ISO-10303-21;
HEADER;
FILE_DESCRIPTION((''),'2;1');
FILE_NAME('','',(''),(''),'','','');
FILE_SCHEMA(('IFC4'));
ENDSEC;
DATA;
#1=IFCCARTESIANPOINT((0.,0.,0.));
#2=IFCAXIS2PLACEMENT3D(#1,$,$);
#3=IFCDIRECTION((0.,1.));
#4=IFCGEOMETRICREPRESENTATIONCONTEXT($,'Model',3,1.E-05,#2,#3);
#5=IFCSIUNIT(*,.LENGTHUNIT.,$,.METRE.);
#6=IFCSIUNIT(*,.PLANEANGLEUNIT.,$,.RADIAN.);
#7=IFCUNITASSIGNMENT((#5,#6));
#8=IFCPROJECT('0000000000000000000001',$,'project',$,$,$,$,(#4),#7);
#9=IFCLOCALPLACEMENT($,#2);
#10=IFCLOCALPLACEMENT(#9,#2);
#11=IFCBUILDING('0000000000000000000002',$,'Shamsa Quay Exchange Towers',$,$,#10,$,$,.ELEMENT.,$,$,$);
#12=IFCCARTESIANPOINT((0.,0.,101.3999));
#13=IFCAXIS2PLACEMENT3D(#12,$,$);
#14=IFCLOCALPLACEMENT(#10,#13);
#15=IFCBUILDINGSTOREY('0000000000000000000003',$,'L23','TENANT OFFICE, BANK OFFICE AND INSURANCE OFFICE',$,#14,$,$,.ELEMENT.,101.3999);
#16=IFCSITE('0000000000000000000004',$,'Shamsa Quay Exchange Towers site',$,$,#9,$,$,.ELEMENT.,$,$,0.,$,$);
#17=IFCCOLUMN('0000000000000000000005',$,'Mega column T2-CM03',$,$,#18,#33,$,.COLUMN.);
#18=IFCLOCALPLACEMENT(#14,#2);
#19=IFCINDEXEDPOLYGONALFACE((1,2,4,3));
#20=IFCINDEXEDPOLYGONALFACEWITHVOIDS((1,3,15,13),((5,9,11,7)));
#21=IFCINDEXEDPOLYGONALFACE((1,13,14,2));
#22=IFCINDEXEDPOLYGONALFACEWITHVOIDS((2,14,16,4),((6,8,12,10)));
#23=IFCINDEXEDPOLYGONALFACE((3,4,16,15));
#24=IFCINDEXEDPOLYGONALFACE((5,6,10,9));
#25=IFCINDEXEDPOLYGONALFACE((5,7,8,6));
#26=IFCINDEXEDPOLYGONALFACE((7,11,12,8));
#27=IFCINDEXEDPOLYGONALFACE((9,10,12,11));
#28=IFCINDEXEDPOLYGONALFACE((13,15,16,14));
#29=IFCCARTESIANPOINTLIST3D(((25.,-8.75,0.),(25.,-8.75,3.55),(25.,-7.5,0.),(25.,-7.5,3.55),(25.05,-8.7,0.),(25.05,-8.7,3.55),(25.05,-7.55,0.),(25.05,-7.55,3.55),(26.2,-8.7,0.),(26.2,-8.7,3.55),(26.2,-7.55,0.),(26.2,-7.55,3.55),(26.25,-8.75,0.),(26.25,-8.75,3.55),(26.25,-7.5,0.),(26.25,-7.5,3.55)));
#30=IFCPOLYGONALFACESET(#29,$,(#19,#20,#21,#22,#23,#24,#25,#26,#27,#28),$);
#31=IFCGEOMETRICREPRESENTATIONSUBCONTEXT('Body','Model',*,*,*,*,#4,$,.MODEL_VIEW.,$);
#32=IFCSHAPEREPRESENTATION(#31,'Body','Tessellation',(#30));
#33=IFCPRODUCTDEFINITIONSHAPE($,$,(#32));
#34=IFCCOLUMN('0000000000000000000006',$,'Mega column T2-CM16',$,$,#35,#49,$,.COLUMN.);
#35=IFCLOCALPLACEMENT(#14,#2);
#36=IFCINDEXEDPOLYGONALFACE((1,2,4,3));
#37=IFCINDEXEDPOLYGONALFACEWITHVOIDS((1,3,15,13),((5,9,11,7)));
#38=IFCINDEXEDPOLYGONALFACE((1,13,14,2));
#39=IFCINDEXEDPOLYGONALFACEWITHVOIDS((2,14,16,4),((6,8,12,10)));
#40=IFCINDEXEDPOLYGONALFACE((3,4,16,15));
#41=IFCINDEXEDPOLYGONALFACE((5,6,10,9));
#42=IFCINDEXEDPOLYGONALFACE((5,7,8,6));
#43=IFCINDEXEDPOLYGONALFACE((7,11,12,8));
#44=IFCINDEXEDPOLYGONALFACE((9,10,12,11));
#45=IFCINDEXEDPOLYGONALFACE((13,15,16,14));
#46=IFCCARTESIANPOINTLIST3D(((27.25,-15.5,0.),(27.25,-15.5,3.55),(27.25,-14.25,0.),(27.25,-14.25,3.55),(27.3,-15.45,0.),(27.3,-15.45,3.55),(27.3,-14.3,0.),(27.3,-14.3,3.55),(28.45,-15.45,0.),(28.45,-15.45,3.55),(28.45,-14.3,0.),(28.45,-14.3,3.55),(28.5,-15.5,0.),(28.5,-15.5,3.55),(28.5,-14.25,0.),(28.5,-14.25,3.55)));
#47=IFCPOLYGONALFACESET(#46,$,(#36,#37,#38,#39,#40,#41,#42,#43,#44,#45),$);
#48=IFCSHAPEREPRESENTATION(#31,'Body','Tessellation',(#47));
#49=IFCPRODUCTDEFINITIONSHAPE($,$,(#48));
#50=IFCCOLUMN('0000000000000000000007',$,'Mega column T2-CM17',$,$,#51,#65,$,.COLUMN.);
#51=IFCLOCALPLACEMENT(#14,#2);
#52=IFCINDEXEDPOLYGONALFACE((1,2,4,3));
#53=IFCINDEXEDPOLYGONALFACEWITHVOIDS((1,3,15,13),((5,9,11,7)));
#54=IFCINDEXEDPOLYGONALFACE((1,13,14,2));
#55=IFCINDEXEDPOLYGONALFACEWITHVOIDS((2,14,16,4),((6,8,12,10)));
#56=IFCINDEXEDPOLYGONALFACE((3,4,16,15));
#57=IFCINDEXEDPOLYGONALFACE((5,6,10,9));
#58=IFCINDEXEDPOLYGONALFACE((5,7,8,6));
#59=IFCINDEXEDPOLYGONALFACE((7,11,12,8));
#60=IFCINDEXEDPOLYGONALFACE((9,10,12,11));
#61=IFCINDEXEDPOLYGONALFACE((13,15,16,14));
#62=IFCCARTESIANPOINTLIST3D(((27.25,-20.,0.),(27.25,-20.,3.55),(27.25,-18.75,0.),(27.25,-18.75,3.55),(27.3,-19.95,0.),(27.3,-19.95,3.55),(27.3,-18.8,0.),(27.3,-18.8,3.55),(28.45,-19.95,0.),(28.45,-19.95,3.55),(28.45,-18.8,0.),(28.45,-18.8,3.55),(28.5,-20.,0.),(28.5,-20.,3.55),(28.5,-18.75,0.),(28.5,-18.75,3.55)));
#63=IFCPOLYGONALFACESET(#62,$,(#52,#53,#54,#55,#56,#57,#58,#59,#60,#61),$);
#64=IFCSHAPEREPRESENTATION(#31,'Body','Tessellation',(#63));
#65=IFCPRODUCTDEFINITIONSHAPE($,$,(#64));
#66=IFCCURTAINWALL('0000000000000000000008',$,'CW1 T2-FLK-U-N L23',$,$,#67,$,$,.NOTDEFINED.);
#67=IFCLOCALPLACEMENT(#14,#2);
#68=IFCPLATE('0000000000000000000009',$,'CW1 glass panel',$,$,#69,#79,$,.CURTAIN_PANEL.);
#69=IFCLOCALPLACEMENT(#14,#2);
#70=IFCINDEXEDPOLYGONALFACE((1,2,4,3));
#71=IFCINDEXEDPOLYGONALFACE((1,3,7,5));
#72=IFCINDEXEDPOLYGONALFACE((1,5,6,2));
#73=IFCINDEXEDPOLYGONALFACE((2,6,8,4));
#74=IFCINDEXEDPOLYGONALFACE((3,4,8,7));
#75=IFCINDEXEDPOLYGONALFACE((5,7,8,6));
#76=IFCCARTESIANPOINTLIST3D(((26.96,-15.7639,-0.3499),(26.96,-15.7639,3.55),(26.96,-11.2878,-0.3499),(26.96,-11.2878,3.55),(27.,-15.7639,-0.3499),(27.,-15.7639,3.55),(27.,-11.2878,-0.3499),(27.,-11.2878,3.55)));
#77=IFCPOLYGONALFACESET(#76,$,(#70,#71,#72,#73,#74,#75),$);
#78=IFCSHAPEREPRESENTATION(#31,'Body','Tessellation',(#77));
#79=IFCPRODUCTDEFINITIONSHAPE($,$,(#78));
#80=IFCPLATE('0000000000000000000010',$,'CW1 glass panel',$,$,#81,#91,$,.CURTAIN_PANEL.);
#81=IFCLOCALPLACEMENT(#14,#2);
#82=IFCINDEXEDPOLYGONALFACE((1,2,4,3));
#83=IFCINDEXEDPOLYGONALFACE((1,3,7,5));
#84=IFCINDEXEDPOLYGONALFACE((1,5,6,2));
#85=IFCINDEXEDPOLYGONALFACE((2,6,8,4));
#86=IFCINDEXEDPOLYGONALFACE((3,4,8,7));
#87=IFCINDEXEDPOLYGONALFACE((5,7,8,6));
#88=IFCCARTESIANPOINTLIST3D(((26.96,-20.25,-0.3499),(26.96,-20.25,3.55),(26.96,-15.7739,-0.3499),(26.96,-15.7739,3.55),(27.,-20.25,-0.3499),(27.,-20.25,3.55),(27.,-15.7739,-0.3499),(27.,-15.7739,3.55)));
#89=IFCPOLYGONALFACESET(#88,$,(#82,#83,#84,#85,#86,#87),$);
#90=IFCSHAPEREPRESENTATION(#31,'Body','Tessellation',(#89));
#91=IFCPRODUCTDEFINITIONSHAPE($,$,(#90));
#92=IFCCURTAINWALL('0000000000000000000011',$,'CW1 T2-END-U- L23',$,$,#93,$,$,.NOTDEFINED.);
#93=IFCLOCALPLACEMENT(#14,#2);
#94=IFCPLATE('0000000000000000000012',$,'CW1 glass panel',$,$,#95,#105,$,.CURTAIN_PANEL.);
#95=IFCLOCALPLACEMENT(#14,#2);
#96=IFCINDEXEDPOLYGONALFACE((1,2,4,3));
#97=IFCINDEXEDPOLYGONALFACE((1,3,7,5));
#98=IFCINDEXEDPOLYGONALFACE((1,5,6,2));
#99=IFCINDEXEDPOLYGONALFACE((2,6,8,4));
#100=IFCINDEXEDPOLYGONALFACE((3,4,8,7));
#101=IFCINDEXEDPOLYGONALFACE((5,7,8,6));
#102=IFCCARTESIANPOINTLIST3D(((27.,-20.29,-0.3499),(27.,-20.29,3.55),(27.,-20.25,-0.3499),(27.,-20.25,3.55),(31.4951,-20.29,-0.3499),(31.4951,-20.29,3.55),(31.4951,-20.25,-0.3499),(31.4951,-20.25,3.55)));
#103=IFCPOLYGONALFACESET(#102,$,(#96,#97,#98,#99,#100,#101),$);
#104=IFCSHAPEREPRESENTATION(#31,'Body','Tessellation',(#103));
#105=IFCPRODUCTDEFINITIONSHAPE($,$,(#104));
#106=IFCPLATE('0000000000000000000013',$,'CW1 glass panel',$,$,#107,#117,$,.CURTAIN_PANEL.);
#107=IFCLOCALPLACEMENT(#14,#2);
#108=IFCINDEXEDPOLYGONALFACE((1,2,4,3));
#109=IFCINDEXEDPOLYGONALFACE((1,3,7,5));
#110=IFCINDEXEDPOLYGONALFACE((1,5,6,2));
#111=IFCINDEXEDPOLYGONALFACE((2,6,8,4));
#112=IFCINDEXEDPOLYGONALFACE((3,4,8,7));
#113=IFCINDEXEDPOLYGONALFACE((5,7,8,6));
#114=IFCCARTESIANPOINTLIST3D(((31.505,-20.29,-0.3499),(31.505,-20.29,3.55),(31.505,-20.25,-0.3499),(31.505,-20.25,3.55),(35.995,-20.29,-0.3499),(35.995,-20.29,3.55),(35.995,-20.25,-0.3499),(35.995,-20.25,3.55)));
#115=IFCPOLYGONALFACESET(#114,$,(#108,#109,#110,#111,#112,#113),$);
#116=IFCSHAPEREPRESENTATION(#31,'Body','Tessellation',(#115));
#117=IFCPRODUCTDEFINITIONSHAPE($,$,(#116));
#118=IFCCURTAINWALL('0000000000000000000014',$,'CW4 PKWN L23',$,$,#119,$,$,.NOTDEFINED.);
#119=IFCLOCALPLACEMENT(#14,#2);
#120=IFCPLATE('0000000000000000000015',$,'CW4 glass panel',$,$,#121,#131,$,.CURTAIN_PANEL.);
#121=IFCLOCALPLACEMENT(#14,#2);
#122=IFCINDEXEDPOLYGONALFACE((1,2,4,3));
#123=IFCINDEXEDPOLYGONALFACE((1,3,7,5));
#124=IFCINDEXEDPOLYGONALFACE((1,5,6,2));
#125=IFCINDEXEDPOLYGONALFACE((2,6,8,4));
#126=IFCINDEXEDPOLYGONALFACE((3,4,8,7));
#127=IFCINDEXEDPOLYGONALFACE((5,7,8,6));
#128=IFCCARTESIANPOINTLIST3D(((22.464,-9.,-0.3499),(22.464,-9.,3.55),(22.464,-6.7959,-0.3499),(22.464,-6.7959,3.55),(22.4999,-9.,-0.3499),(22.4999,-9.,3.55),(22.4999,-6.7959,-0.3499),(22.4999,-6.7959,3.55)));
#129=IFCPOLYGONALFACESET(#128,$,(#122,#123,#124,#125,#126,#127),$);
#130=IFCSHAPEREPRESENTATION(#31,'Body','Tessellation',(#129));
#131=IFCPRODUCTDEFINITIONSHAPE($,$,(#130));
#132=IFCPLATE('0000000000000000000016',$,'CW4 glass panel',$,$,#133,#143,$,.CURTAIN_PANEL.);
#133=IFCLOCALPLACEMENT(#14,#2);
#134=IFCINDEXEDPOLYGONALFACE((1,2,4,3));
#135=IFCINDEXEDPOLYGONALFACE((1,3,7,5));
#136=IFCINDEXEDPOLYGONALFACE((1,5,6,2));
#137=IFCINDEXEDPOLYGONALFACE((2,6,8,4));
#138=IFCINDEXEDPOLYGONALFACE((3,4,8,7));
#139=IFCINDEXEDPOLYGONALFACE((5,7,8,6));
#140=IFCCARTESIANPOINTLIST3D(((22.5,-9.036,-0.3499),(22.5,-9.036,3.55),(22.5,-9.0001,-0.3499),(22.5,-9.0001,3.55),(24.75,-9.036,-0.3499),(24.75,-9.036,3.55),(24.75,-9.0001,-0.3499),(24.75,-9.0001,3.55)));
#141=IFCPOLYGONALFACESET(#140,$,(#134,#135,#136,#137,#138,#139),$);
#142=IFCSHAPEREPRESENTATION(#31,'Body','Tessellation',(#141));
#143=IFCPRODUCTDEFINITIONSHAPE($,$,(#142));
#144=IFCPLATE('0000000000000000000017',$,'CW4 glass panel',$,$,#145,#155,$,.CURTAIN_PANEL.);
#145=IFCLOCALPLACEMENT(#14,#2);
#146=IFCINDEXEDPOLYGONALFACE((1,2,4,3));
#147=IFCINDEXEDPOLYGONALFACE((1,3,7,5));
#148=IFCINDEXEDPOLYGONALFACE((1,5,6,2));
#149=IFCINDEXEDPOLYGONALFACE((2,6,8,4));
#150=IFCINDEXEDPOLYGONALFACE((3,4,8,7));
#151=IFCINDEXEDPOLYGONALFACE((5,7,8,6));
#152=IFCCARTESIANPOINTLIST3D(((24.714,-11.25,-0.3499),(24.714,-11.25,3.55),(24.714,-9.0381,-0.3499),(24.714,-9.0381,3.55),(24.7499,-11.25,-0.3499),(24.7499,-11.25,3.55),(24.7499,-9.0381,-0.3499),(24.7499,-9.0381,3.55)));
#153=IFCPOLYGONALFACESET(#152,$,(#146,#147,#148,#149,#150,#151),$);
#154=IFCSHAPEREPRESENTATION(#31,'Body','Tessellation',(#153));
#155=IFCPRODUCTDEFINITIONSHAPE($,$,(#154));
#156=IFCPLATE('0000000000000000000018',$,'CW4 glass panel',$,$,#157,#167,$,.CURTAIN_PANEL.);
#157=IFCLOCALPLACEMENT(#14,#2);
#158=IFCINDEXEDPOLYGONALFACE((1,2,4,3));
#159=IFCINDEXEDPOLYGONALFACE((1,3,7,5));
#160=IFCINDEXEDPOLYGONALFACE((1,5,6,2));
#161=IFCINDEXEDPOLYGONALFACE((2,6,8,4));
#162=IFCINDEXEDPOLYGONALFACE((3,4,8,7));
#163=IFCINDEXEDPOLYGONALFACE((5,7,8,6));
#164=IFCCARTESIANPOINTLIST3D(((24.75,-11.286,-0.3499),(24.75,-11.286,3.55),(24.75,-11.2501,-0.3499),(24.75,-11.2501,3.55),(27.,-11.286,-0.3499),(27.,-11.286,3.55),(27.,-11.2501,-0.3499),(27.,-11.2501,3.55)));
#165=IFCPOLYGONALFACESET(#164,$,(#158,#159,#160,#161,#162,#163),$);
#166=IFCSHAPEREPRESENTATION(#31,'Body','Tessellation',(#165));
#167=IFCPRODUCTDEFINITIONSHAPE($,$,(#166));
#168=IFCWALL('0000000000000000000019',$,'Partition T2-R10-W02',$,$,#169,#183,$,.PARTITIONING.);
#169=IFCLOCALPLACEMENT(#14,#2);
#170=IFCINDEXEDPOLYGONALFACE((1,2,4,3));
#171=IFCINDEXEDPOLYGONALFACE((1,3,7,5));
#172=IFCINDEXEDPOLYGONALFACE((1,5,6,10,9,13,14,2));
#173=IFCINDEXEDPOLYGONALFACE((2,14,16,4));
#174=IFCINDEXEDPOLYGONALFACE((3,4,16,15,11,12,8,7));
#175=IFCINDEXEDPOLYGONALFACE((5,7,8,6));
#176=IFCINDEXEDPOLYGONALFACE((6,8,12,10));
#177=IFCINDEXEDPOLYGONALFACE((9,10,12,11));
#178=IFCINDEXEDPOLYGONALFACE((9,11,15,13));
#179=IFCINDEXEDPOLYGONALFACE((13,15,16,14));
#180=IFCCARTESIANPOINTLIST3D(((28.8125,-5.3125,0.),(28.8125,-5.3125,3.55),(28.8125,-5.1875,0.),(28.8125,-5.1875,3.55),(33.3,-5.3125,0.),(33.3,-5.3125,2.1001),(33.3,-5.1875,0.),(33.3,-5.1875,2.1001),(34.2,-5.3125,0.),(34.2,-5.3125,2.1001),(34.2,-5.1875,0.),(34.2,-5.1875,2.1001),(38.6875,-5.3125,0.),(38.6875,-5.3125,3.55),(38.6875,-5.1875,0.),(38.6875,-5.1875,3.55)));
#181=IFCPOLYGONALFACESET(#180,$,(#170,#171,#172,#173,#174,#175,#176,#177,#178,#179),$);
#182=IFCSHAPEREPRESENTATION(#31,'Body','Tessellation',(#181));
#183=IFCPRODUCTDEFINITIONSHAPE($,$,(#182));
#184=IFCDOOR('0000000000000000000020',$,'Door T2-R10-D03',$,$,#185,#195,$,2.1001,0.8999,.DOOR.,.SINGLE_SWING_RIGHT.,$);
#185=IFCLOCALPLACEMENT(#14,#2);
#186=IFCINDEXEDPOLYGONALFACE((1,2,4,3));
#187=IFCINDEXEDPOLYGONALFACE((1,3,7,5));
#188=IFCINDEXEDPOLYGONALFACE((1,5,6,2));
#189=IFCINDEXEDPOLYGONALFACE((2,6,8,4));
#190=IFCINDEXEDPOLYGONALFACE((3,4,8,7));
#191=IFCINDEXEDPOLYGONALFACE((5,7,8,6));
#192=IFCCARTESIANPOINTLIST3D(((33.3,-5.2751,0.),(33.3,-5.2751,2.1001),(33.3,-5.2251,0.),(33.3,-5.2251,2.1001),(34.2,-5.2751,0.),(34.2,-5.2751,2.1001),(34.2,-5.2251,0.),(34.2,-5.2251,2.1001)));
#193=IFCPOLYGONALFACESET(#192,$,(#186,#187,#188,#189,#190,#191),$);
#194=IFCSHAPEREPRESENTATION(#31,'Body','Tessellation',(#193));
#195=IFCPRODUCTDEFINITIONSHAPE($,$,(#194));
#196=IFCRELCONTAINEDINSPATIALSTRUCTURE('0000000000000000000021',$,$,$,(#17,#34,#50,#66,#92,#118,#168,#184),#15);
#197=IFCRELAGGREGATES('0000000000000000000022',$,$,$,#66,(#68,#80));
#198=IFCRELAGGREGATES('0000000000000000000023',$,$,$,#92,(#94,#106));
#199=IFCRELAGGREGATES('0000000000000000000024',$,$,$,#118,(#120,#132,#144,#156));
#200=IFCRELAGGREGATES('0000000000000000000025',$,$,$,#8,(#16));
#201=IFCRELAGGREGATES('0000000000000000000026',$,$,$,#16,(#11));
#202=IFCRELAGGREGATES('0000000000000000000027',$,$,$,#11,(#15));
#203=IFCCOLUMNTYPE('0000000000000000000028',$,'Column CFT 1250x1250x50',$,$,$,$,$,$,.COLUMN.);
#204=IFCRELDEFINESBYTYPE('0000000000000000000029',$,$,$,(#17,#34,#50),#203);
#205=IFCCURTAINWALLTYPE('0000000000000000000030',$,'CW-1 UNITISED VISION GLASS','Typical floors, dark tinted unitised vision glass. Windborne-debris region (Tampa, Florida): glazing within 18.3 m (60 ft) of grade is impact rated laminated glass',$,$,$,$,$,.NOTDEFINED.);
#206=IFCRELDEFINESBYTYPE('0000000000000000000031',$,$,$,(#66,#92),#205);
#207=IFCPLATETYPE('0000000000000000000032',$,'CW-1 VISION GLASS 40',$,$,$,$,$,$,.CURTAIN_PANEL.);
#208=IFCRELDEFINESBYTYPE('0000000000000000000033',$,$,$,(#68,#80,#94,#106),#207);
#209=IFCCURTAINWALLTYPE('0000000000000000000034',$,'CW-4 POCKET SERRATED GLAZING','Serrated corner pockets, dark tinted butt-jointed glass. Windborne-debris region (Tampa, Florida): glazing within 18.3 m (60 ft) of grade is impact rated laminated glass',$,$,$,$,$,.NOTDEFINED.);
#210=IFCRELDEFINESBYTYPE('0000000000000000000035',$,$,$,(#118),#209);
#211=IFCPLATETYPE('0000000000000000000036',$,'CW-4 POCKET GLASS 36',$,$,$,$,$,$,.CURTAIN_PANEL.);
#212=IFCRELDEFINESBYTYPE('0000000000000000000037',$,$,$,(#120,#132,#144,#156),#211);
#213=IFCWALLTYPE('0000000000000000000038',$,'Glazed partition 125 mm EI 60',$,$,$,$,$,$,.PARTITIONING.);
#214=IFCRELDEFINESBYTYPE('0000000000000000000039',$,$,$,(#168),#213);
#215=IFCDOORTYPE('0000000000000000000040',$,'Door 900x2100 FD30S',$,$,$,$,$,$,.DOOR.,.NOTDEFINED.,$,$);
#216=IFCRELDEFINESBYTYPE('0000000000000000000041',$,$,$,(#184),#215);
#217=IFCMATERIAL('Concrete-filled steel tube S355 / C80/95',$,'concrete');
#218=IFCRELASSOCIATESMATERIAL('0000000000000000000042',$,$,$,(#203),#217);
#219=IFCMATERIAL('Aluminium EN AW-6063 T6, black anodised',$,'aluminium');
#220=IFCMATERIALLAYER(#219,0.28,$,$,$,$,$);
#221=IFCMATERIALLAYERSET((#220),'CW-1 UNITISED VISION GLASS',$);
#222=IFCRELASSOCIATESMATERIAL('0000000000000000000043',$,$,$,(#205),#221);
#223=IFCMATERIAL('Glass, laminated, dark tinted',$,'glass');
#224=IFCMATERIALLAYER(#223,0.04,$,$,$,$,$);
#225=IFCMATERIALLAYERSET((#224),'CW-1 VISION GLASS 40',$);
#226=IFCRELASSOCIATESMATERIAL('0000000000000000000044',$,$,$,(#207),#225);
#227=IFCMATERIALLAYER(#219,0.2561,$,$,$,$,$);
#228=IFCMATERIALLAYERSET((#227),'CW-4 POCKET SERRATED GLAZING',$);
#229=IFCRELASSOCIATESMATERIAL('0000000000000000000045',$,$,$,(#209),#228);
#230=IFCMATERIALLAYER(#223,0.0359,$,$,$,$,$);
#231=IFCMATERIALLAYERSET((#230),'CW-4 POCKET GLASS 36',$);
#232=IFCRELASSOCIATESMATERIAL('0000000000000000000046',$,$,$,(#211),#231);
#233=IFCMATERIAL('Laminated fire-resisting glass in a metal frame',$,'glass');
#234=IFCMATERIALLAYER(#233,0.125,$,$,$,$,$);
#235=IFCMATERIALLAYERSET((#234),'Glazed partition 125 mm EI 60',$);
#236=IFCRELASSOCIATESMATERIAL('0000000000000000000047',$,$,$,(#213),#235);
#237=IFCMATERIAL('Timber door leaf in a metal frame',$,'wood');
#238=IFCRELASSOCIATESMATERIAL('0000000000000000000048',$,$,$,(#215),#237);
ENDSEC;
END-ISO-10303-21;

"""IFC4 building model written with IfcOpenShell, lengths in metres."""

from ifc_helpers import new_model, si_unit, direction, frame, frame_2d, origin, origin_2d, place, context, subcontext, project, spatial, rectangle, hollow_rectangle, extrude, material, layer, layer_set, material_profile, profile_set, type_object, element, fill, aggregate, save


model = new_model("IFC4")

# Units and contexts
model_context = context("Model", 3, precision=1e-05, world=origin(), true_north=direction((0.0, 1.0)))
body_context = subcontext(model_context, "Body", "Model", "MODEL_VIEW")
ifc_project = project(units=[si_unit("LENGTHUNIT", "METRE"), si_unit("PLANEANGLEUNIT", "RADIAN")], contexts=[model_context])

# Site, building, storey
site_placement = place(None, origin())
site = spatial("IfcSite", under=ifc_project, at=site_placement, Name="Shamsa Quay Exchange Towers site", CompositionType="ELEMENT", RefElevation=0.0)
building_placement = place(site_placement, origin())
building = spatial("IfcBuilding", under=site, at=building_placement, Name="Shamsa Quay Exchange Towers", CompositionType="ELEMENT")
storey_placement = place(building_placement, frame((0.0, 0.0, 101.3999)))
storey = spatial("IfcBuildingStorey", under=building, at=storey_placement, Name="L23", Description="TENANT OFFICE, BANK OFFICE AND INSURANCE OFFICE", CompositionType="ELEMENT", Elevation=101.3999)

# Columns
ifc_material_1 = material(Name="Concrete-filled steel tube S355 / C80/95", Category="concrete")
ifc_material_profile_1 = material_profile(ifc_material_1, hollow_rectangle(XDim=1.25, YDim=1.25, WallThickness=0.05, at=origin_2d()), Name="CFT 1250x1250x50")
ifc_profile_set_1 = profile_set([ifc_material_profile_1], Name="Concrete-filled steel tube S355 / C80/95")
column_type = type_object("IfcColumnType", Name="Column CFT 1250x1250x50", PredefinedType="COLUMN", material=ifc_profile_set_1)
for number, where, name in (
    (1, (25.625, -8.125, 0.0), "Mega column T2-CM03"),
    (2, (27.875, -14.875, 0.0), "Mega column T2-CM16"),
    (3, (27.875, -19.375, 0.0), "Mega column T2-CM17"),
):
    element("IfcColumn", number, at=place(storey_placement, frame(where)), inside=storey, type_object=column_type, Name=name, PredefinedType="COLUMN", context=body_context, shape_type="SweptSolid", body=[
        extrude(hollow_rectangle(XDim=1.25, YDim=1.25, WallThickness=0.05, at=origin_2d()), origin(), (0.0, 0.0, 1.0), 3.55),
    ])

# Curtain walls, plates
ifc_material_2 = material(Name="Aluminium EN AW-6063 T6, black anodised", Category="aluminium")
ifc_layer_1 = layer(ifc_material_2, 0.28)
ifc_layer_set_1 = layer_set([ifc_layer_1], Name="CW-1 UNITISED VISION GLASS")
curtain_wall_type_1 = type_object("IfcCurtainWallType", Name="CW-1 UNITISED VISION GLASS", Description="Typical floors, dark tinted unitised vision glass. Windborne-debris region (Tampa, Florida): glazing within 18.3 m (60 ft) of grade is impact rated laminated glass", PredefinedType="NOTDEFINED", material=ifc_layer_set_1)
curtain_wall_1_placement = place(storey_placement, origin())
curtain_wall_1 = element("IfcCurtainWall", 4, at=curtain_wall_1_placement, inside=storey, type_object=curtain_wall_type_1, Name="CW1 T2-FLK-U-N L23", PredefinedType="NOTDEFINED")
ifc_material_3 = material(Name="Glass, laminated, dark tinted", Category="glass")
ifc_layer_2 = layer(ifc_material_3, 0.04)
ifc_layer_set_2 = layer_set([ifc_layer_2], Name="CW-1 VISION GLASS 40")
plate_type_1 = type_object("IfcPlateType", Name="CW-1 VISION GLASS 40", PredefinedType="CURTAIN_PANEL", material=ifc_layer_set_2)
plate_1_placement = place(storey_placement, frame((26.98, -13.5259, -0.3499), z_axis=(0.0, 0.0, 1.0), x_axis=(0.0, -1.0, 0.0)))
plate_1 = element("IfcPlate", 5, at=plate_1_placement, type_object=plate_type_1, Name="CW1 glass panel", PredefinedType="CURTAIN_PANEL", context=body_context, shape_type="SweptSolid", body=[
    extrude(rectangle(XDim=4.4761, YDim=0.04, at=origin_2d()), origin(), (0.0, 0.0, 1.0), 3.8999),
])
plate_2_placement = place(storey_placement, frame((26.98, -18.012, -0.3499), z_axis=(0.0, 0.0, 1.0), x_axis=(0.0, -1.0, 0.0)))
plate_2 = element("IfcPlate", 6, at=plate_2_placement, type_object=plate_type_1, Name="CW1 glass panel", PredefinedType="CURTAIN_PANEL", context=body_context, shape_type="SweptSolid", body=[
    extrude(rectangle(XDim=4.4761, YDim=0.04, at=origin_2d()), origin(), (0.0, 0.0, 1.0), 3.8999),
])
aggregate(curtain_wall_1, [plate_1, plate_2])
curtain_wall_2_placement = place(storey_placement, origin())
curtain_wall_2 = element("IfcCurtainWall", 7, at=curtain_wall_2_placement, inside=storey, type_object=curtain_wall_type_1, Name="CW1 T2-END-U- L23", PredefinedType="NOTDEFINED")
plate_3_placement = place(storey_placement, frame((29.2476, -20.27, -0.3499)))
plate_3 = element("IfcPlate", 8, at=plate_3_placement, type_object=plate_type_1, Name="CW1 glass panel", PredefinedType="CURTAIN_PANEL", context=body_context, shape_type="SweptSolid", body=[
    extrude(rectangle(XDim=4.4951, YDim=0.04, at=origin_2d()), origin(), (0.0, 0.0, 1.0), 3.8999),
])
plate_4_placement = place(storey_placement, frame((33.75, -20.27, -0.3499)))
plate_4 = element("IfcPlate", 9, at=plate_4_placement, type_object=plate_type_1, Name="CW1 glass panel", PredefinedType="CURTAIN_PANEL", context=body_context, shape_type="SweptSolid", body=[
    extrude(rectangle(XDim=4.49, YDim=0.04, at=origin_2d()), origin(), (0.0, 0.0, 1.0), 3.8999),
])
aggregate(curtain_wall_2, [plate_3, plate_4])
ifc_layer_3 = layer(ifc_material_2, 0.2561)
ifc_layer_set_3 = layer_set([ifc_layer_3], Name="CW-4 POCKET SERRATED GLAZING")
curtain_wall_type_2 = type_object("IfcCurtainWallType", Name="CW-4 POCKET SERRATED GLAZING", Description="Serrated corner pockets, dark tinted butt-jointed glass. Windborne-debris region (Tampa, Florida): glazing within 18.3 m (60 ft) of grade is impact rated laminated glass", PredefinedType="NOTDEFINED", material=ifc_layer_set_3)
curtain_wall_3_placement = place(storey_placement, origin())
curtain_wall_3 = element("IfcCurtainWall", 10, at=curtain_wall_3_placement, inside=storey, type_object=curtain_wall_type_2, Name="CW4 PKWN L23", PredefinedType="NOTDEFINED")
ifc_layer_4 = layer(ifc_material_3, 0.0359)
ifc_layer_set_4 = layer_set([ifc_layer_4], Name="CW-4 POCKET GLASS 36")
plate_type_2 = type_object("IfcPlateType", Name="CW-4 POCKET GLASS 36", PredefinedType="CURTAIN_PANEL", material=ifc_layer_set_4)
plate_5_placement = place(storey_placement, frame((22.4819, -7.8979, -0.3499), z_axis=(0.0, 0.0, 1.0), x_axis=(0.0, -1.0, 0.0)))
plate_5 = element("IfcPlate", 11, at=plate_5_placement, type_object=plate_type_2, Name="CW4 glass panel", PredefinedType="CURTAIN_PANEL", context=body_context, shape_type="SweptSolid", body=[
    extrude(rectangle(XDim=2.2041, YDim=0.0359, at=origin_2d()), origin(), (0.0, 0.0, 1.0), 3.8999),
])
plate_6_placement = place(storey_placement, frame((23.625, -9.0181, -0.3499)))
plate_6 = element("IfcPlate", 12, at=plate_6_placement, type_object=plate_type_2, Name="CW4 glass panel", PredefinedType="CURTAIN_PANEL", context=body_context, shape_type="SweptSolid", body=[
    extrude(rectangle(XDim=2.25, YDim=0.0359, at=origin_2d()), origin(), (0.0, 0.0, 1.0), 3.8999),
])
plate_7_placement = place(storey_placement, frame((24.7319, -10.144, -0.3499), z_axis=(0.0, 0.0, 1.0), x_axis=(0.0, -1.0, 0.0)))
plate_7 = element("IfcPlate", 13, at=plate_7_placement, type_object=plate_type_2, Name="CW4 glass panel", PredefinedType="CURTAIN_PANEL", context=body_context, shape_type="SweptSolid", body=[
    extrude(rectangle(XDim=2.2119, YDim=0.0359, at=origin_2d()), origin(), (0.0, 0.0, 1.0), 3.8999),
])
plate_8_placement = place(storey_placement, frame((25.875, -11.2681, -0.3499)))
plate_8 = element("IfcPlate", 14, at=plate_8_placement, type_object=plate_type_2, Name="CW4 glass panel", PredefinedType="CURTAIN_PANEL", context=body_context, shape_type="SweptSolid", body=[
    extrude(rectangle(XDim=2.25, YDim=0.0359, at=origin_2d()), origin(), (0.0, 0.0, 1.0), 3.8999),
])
aggregate(curtain_wall_3, [plate_5, plate_6, plate_7, plate_8])

# Wall, opening, door
ifc_material_4 = material(Name="Laminated fire-resisting glass in a metal frame", Category="glass")
ifc_layer_5 = layer(ifc_material_4, 0.125)
ifc_layer_set_5 = layer_set([ifc_layer_5], Name="Glazed partition 125 mm EI 60")
wall_type_1 = type_object("IfcWallType", Name="Glazed partition 125 mm EI 60", PredefinedType="PARTITIONING", material=ifc_layer_set_5)
wall_1_placement = place(storey_placement, frame((28.8125, -5.25, 0.0)))
wall_1 = element("IfcWall", 15, at=wall_1_placement, inside=storey, type_object=wall_type_1, Name="Partition T2-R10-W02", PredefinedType="PARTITIONING", context=body_context, shape_type="SweptSolid", body=[
    extrude(rectangle(XDim=9.875, YDim=0.125, at=frame_2d((4.9375, 0.0))), origin(), (0.0, 0.0, 1.0), 3.55),
])
opening_1_placement = place(wall_1_placement, frame((4.4875, 0.0, 0.0)))
opening_1 = element("IfcOpeningElement", 16, at=opening_1_placement, cuts=wall_1, PredefinedType="OPENING", context=body_context, shape_type="SweptSolid", body=[
    extrude(rectangle(XDim=0.8999, YDim=2.1001, at=frame_2d((0.45, 1.05))), frame((0.0, 0.0725, 0.0), z_axis=(0.0, -1.0, 0.0), x_axis=(1.0, 0.0, 0.0)), (0.0, 0.0, 1.0), 0.145),
])
ifc_material_5 = material(Name="Timber door leaf in a metal frame", Category="wood")
door_type_1 = type_object("IfcDoorType", Name="Door 900x2100 FD30S", OperationType="NOTDEFINED", PredefinedType="DOOR", material=ifc_material_5)
door_1_placement = place(opening_1_placement, origin())
door_1 = element("IfcDoor", 17, at=door_1_placement, inside=storey, type_object=door_type_1, Name="Door T2-R10-D03", OperationType="SINGLE_SWING_RIGHT", OverallHeight=2.1001, OverallWidth=0.8999, PredefinedType="DOOR", context=body_context, shape_type="SweptSolid", body=[
    extrude(rectangle(XDim=0.8999, YDim=2.1001, at=frame_2d((0.45, 1.05))), frame((0.0, 0.0249, 0.0), z_axis=(0.0, -1.0, 0.0), x_axis=(1.0, 0.0, 0.0)), (0.0, 0.0, 1.0), 0.05),
])
fill(opening_1, door_1)

save(model, "model.ifc")
